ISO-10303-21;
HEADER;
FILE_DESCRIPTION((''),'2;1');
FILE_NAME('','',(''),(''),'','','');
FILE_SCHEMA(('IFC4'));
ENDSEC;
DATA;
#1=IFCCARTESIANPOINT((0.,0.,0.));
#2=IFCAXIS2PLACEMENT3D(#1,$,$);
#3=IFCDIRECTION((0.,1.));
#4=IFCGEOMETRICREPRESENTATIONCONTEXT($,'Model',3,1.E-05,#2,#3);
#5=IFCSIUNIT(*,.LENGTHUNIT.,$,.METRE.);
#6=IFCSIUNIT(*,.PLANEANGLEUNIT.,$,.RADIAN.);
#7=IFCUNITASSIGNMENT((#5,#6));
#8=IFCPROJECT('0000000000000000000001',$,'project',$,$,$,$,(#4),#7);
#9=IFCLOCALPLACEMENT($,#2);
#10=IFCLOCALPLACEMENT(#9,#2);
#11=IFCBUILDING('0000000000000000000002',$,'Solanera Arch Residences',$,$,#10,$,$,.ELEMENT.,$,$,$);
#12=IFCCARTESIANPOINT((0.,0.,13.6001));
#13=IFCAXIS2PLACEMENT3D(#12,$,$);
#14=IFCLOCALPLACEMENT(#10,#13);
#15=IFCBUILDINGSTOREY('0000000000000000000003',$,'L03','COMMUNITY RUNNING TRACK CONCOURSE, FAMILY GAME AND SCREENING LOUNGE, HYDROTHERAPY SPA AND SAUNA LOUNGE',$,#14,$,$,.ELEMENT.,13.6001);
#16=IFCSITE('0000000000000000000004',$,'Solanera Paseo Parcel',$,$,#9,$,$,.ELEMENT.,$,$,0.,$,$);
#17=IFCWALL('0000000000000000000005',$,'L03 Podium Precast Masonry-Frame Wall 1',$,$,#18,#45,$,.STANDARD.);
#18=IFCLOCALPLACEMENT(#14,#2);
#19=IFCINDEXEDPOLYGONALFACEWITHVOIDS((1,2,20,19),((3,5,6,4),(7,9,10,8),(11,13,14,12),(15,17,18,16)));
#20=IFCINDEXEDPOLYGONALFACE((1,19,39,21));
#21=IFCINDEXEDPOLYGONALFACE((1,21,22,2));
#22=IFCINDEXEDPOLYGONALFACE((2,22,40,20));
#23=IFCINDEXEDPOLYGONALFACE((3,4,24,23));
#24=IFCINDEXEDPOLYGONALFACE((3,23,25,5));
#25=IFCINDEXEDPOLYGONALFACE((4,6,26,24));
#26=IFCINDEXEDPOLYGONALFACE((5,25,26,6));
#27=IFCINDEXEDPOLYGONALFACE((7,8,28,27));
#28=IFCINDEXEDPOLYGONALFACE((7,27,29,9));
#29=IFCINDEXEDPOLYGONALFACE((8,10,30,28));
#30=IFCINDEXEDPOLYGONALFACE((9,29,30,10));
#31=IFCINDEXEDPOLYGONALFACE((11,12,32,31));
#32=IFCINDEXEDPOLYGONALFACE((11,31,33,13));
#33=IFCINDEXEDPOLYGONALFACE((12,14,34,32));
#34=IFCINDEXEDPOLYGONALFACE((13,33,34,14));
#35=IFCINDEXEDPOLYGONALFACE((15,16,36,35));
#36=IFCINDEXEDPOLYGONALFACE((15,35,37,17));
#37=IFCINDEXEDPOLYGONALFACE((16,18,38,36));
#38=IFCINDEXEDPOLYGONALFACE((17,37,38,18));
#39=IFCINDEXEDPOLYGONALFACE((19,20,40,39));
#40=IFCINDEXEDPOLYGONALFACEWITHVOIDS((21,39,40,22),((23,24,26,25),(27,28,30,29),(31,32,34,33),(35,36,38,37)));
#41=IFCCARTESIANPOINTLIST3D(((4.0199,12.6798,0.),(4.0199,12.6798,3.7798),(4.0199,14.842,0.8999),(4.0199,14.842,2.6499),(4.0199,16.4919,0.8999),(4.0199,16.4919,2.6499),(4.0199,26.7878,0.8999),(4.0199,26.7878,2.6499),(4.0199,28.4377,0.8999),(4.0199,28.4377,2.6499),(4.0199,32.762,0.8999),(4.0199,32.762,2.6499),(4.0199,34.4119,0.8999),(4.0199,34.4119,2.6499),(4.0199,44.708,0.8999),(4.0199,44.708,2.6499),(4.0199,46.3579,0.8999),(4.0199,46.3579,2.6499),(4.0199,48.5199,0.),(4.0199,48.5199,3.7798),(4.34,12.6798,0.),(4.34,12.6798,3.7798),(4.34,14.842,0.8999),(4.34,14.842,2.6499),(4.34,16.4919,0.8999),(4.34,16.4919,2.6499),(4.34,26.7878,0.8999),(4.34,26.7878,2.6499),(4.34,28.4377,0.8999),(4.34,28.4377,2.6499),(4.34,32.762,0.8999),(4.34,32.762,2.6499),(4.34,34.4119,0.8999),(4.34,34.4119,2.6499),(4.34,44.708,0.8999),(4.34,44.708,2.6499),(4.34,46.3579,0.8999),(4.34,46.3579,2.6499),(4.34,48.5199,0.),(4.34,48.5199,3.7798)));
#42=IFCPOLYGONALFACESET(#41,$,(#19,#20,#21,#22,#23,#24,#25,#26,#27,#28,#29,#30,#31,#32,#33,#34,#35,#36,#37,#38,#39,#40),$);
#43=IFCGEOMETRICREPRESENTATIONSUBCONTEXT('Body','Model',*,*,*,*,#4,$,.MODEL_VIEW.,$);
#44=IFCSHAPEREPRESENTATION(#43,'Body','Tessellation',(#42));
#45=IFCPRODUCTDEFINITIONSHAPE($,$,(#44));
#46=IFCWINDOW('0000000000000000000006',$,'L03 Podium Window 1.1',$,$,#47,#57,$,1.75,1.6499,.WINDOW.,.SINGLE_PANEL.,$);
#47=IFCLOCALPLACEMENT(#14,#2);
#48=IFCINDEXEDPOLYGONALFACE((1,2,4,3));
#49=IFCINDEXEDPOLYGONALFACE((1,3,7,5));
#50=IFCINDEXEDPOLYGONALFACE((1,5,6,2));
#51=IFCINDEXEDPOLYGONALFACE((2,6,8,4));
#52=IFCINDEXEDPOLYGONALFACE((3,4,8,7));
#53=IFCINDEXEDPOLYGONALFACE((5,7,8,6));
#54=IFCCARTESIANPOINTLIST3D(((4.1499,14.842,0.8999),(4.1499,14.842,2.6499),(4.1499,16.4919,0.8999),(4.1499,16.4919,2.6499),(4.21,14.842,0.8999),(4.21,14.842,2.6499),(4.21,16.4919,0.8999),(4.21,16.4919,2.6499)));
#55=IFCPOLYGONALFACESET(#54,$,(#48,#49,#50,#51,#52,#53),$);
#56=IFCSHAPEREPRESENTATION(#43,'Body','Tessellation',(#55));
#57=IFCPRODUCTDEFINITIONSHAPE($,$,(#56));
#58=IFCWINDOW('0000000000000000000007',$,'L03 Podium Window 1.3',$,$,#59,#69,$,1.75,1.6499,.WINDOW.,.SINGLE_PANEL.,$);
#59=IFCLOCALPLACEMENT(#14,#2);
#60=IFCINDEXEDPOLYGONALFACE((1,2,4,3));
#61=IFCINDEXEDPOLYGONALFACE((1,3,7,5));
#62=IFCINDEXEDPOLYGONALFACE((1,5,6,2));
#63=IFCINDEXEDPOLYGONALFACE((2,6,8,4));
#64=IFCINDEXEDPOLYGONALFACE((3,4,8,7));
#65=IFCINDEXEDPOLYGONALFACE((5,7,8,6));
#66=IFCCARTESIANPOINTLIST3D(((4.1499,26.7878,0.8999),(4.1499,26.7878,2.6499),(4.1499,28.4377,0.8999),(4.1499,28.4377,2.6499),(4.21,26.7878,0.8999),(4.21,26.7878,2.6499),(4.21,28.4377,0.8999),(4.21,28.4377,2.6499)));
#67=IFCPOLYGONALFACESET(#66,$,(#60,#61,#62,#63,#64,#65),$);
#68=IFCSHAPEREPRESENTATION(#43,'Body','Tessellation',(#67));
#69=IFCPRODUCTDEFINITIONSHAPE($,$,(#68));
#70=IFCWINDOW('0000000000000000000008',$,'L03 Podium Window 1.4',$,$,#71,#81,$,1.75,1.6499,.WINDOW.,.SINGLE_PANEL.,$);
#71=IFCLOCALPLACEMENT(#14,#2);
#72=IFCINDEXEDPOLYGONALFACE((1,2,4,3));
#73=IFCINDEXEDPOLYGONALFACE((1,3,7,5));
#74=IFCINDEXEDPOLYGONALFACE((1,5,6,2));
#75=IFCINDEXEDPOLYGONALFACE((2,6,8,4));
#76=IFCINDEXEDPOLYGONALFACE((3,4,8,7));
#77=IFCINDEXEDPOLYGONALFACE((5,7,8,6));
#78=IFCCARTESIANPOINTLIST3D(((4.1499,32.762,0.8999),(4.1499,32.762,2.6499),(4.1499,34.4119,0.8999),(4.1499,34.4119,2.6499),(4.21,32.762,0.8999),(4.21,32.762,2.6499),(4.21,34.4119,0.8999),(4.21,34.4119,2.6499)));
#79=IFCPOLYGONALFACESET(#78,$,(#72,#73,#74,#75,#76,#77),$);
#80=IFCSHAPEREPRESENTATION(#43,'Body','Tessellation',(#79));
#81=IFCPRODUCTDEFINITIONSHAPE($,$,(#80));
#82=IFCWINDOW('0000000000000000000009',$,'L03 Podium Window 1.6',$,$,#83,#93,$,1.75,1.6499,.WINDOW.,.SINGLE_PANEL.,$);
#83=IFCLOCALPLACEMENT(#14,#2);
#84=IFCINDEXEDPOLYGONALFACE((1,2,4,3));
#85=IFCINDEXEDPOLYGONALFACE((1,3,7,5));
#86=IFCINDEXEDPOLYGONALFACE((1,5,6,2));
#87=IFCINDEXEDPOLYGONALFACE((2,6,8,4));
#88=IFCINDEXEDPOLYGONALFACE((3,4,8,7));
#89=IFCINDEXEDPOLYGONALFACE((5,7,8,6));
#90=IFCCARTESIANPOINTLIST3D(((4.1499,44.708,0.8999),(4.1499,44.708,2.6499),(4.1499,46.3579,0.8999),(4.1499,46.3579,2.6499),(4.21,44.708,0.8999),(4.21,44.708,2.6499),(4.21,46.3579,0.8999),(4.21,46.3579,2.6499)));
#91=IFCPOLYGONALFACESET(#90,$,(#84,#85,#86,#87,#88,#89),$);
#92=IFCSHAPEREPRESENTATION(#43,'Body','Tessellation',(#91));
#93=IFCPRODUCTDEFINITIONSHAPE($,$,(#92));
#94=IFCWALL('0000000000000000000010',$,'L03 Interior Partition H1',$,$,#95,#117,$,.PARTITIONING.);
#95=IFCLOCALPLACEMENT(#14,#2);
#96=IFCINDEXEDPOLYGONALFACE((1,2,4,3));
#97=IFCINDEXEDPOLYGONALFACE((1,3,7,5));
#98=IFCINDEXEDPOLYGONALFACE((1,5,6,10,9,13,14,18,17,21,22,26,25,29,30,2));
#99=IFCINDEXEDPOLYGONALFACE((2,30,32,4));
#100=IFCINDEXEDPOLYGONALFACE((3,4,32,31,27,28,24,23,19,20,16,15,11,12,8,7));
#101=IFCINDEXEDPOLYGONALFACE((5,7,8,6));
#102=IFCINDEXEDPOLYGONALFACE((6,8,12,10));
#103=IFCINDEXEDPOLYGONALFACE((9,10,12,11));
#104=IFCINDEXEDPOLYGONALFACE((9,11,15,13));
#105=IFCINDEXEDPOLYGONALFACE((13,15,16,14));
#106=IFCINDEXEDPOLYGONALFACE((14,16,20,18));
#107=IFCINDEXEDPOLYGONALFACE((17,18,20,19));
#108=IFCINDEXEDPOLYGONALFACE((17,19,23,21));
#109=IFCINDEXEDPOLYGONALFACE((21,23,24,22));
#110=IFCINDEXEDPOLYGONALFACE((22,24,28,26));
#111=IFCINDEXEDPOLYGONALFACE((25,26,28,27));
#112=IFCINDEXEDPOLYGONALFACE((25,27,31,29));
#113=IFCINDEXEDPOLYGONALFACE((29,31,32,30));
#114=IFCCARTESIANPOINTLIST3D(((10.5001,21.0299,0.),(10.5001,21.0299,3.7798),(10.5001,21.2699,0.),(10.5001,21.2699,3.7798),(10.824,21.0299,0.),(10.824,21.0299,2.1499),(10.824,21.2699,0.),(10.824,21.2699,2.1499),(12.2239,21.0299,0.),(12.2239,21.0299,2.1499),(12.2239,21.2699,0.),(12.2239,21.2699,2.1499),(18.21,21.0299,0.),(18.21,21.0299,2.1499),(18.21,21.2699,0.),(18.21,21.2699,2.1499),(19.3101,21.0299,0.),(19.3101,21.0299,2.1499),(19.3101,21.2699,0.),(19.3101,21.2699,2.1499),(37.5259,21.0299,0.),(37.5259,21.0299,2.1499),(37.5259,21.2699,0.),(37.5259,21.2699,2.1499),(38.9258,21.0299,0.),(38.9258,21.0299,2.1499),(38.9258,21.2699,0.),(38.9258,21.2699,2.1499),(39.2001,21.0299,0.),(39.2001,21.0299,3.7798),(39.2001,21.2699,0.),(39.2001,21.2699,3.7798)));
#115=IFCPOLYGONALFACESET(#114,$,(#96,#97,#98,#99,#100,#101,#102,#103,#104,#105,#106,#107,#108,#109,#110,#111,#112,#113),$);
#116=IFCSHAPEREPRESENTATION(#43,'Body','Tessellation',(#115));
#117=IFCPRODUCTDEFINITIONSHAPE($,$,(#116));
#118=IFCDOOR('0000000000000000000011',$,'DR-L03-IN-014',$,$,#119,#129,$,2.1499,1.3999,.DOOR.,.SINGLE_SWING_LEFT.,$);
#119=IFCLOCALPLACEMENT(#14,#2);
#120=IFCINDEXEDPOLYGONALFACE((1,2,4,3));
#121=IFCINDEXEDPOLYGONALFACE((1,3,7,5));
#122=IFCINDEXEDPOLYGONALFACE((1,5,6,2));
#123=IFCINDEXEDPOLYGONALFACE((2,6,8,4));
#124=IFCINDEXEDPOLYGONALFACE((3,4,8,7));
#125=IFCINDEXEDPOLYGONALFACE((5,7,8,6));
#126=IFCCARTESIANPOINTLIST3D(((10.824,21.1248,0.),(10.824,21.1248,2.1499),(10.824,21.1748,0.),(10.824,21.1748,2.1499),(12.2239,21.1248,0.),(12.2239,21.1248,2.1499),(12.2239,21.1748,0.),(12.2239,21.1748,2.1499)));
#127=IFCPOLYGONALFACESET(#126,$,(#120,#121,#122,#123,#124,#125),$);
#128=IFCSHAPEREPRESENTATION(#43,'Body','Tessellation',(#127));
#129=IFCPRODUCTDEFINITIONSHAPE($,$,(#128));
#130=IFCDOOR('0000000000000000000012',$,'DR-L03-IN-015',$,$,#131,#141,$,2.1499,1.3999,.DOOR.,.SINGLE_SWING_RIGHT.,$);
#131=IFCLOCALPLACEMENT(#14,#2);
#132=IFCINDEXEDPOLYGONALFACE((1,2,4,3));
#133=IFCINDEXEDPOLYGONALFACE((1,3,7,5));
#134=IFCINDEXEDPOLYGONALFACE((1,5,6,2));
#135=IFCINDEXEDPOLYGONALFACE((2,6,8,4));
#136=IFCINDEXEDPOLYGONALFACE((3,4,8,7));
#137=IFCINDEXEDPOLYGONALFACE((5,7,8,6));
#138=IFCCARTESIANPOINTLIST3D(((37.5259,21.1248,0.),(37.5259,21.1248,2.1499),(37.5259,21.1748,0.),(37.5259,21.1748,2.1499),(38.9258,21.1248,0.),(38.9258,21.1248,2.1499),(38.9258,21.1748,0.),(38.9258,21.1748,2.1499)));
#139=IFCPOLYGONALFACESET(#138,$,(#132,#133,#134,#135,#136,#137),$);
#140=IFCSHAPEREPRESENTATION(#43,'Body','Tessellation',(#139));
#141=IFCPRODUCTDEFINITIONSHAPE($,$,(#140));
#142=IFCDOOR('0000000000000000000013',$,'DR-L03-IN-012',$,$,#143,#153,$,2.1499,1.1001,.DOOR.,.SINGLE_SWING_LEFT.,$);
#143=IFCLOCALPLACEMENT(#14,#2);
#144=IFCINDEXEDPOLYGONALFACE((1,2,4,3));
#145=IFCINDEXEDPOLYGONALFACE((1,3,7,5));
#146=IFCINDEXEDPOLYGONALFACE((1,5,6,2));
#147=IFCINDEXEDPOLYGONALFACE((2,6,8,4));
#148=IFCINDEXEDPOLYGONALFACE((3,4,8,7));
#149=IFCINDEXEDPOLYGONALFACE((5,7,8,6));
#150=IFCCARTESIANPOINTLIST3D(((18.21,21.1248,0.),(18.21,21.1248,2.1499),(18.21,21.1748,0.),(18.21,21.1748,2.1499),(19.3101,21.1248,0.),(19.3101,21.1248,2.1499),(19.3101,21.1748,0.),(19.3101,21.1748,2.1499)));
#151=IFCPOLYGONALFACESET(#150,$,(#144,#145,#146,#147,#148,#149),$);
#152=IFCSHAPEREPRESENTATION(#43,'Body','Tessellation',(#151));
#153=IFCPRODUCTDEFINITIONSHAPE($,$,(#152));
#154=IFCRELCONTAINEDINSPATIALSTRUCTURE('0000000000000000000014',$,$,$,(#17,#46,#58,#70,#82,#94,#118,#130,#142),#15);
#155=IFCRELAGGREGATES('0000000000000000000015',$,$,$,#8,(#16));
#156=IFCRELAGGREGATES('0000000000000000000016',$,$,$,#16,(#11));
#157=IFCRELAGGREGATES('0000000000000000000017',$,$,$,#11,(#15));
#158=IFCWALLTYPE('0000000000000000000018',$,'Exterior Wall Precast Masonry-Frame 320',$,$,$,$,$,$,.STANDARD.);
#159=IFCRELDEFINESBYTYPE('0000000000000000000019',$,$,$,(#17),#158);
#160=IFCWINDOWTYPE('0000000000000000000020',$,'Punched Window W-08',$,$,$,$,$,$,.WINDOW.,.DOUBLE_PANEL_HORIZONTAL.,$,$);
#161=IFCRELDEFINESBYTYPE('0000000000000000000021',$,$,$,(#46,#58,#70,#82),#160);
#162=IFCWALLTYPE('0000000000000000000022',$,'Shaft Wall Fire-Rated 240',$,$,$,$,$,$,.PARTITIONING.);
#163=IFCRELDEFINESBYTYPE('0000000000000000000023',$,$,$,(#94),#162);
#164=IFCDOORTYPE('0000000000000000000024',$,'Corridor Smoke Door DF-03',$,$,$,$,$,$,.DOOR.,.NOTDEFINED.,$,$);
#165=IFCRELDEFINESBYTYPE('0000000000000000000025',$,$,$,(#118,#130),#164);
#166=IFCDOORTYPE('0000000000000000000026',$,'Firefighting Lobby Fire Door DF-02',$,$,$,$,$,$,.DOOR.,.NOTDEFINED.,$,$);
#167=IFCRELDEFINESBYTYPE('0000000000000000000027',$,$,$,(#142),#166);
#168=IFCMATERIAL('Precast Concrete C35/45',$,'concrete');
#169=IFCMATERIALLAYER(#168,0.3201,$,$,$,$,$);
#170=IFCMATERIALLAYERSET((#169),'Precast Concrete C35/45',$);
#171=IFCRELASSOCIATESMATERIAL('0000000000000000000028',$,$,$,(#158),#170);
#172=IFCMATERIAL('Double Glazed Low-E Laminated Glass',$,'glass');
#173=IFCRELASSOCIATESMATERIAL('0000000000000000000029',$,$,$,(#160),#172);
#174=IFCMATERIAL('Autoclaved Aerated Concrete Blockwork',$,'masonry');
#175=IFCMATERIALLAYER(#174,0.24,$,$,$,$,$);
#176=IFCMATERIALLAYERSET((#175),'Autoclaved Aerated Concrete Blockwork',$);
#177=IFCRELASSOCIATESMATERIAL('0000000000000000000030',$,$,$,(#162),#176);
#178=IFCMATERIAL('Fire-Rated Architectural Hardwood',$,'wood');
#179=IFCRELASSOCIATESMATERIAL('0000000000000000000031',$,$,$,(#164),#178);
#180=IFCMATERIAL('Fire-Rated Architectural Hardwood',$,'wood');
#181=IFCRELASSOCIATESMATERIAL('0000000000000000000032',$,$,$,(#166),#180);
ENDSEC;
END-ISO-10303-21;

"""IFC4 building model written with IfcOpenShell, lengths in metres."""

from ifc_helpers import new_model, si_unit, direction, frame, frame_2d, origin, place, context, subcontext, project, spatial, rectangle, extrude, material, layer, layer_set, type_object, element, fill, save


model = new_model("IFC4")

# Units and contexts
model_context = context("Model", 3, precision=1e-05, world=origin(), true_north=direction((0.0, 1.0)))
body_context = subcontext(model_context, "Body", "Model", "MODEL_VIEW")
ifc_project = project(units=[si_unit("LENGTHUNIT", "METRE"), si_unit("PLANEANGLEUNIT", "RADIAN")], contexts=[model_context])

# Site, building, storey
site_placement = place(None, origin())
site = spatial("IfcSite", under=ifc_project, at=site_placement, Name="Solanera Paseo Parcel", CompositionType="ELEMENT", RefElevation=0.0)
building_placement = place(site_placement, origin())
building = spatial("IfcBuilding", under=site, at=building_placement, Name="Solanera Arch Residences", CompositionType="ELEMENT")
storey_placement = place(building_placement, frame((0.0, 0.0, 13.6001)))
storey = spatial("IfcBuildingStorey", under=building, at=storey_placement, Name="L03", Description="COMMUNITY RUNNING TRACK CONCOURSE, FAMILY GAME AND SCREENING LOUNGE, HYDROTHERAPY SPA AND SAUNA LOUNGE", CompositionType="ELEMENT", Elevation=13.6001)

# Wall, openings, windows
ifc_material_1 = material(Name="Precast Concrete C35/45", Category="concrete")
ifc_layer_1 = layer(ifc_material_1, 0.3201)
ifc_layer_set_1 = layer_set([ifc_layer_1], Name="Precast Concrete C35/45")
wall_type_1 = type_object("IfcWallType", Name="Exterior Wall Precast Masonry-Frame 320", PredefinedType="STANDARD", material=ifc_layer_set_1)
wall_1_placement = place(storey_placement, frame((4.1799, 12.6799, 0.0), z_axis=(0.0, 0.0, 1.0), x_axis=(0.0, 1.0, 0.0)))
wall_1 = element("IfcWall", 1, at=wall_1_placement, inside=storey, type_object=wall_type_1, Name="L03 Podium Precast Masonry-Frame Wall 1", PredefinedType="STANDARD", context=body_context, shape_type="SweptSolid", body=[
    extrude(rectangle(XDim=35.8401, YDim=0.3201, at=frame_2d((17.9199, 0.0))), origin(), (0.0, 0.0, 1.0), 3.7798),
])
opening_1_placement = place(wall_1_placement, frame((2.1621, 0.0, 0.8999)))
opening_1 = element("IfcOpeningElement", 2, at=opening_1_placement, cuts=wall_1, PredefinedType="OPENING", context=body_context, shape_type="SweptSolid", body=[
    extrude(rectangle(XDim=1.6499, YDim=1.75, at=frame_2d((0.825, 0.875))), frame((0.0, 0.1699, 0.0), z_axis=(0.0, -1.0, 0.0), x_axis=(1.0, 0.0, 0.0)), (0.0, 0.0, 1.0), 0.3401),
])
opening_2_placement = place(wall_1_placement, frame((14.1079, 0.0, 0.8999)))
opening_2 = element("IfcOpeningElement", 3, at=opening_2_placement, cuts=wall_1, PredefinedType="OPENING", context=body_context, shape_type="SweptSolid", body=[
    extrude(rectangle(XDim=1.6499, YDim=1.75, at=frame_2d((0.825, 0.875))), frame((0.0, 0.1699, 0.0), z_axis=(0.0, -1.0, 0.0), x_axis=(1.0, 0.0, 0.0)), (0.0, 0.0, 1.0), 0.3401),
])
opening_3_placement = place(wall_1_placement, frame((20.082, 0.0, 0.8999)))
opening_3 = element("IfcOpeningElement", 4, at=opening_3_placement, cuts=wall_1, PredefinedType="OPENING", context=body_context, shape_type="SweptSolid", body=[
    extrude(rectangle(XDim=1.6499, YDim=1.75, at=frame_2d((0.825, 0.875))), frame((0.0, 0.1699, 0.0), z_axis=(0.0, -1.0, 0.0), x_axis=(1.0, 0.0, 0.0)), (0.0, 0.0, 1.0), 0.3401),
])
opening_4_placement = place(wall_1_placement, frame((32.0281, 0.0, 0.8999)))
opening_4 = element("IfcOpeningElement", 5, at=opening_4_placement, cuts=wall_1, PredefinedType="OPENING", context=body_context, shape_type="SweptSolid", body=[
    extrude(rectangle(XDim=1.6499, YDim=1.75, at=frame_2d((0.825, 0.875))), frame((0.0, 0.1699, 0.0), z_axis=(0.0, -1.0, 0.0), x_axis=(1.0, 0.0, 0.0)), (0.0, 0.0, 1.0), 0.3401),
])
ifc_material_2 = material(Name="Double Glazed Low-E Laminated Glass", Category="glass")
window_type = type_object("IfcWindowType", Name="Punched Window W-08", PartitioningType="DOUBLE_PANEL_HORIZONTAL", PredefinedType="WINDOW", material=ifc_material_2)
window_1_placement = place(opening_1_placement, origin())
window_1 = element("IfcWindow", 6, at=window_1_placement, inside=storey, type_object=window_type, Name="L03 Podium Window 1.1", OverallHeight=1.75, OverallWidth=1.6499, PartitioningType="SINGLE_PANEL", PredefinedType="WINDOW", context=body_context, shape_type="SweptSolid", body=[
    extrude(rectangle(XDim=1.6499, YDim=1.75, at=frame_2d((0.825, 0.875))), frame((0.0, 0.03, 0.0), z_axis=(0.0, -1.0, 0.0), x_axis=(1.0, 0.0, 0.0)), (0.0, 0.0, 1.0), 0.0601),
])
fill(opening_1, window_1)
window_2_placement = place(opening_2_placement, origin())
window_2 = element("IfcWindow", 7, at=window_2_placement, inside=storey, type_object=window_type, Name="L03 Podium Window 1.3", OverallHeight=1.75, OverallWidth=1.6499, PartitioningType="SINGLE_PANEL", PredefinedType="WINDOW", context=body_context, shape_type="SweptSolid", body=[
    extrude(rectangle(XDim=1.6499, YDim=1.75, at=frame_2d((0.825, 0.875))), frame((0.0, 0.03, 0.0), z_axis=(0.0, -1.0, 0.0), x_axis=(1.0, 0.0, 0.0)), (0.0, 0.0, 1.0), 0.0601),
])
fill(opening_2, window_2)
window_3_placement = place(opening_3_placement, origin())
window_3 = element("IfcWindow", 8, at=window_3_placement, inside=storey, type_object=window_type, Name="L03 Podium Window 1.4", OverallHeight=1.75, OverallWidth=1.6499, PartitioningType="SINGLE_PANEL", PredefinedType="WINDOW", context=body_context, shape_type="SweptSolid", body=[
    extrude(rectangle(XDim=1.6499, YDim=1.75, at=frame_2d((0.825, 0.875))), frame((0.0, 0.03, 0.0), z_axis=(0.0, -1.0, 0.0), x_axis=(1.0, 0.0, 0.0)), (0.0, 0.0, 1.0), 0.0601),
])
fill(opening_3, window_3)
window_4_placement = place(opening_4_placement, origin())
window_4 = element("IfcWindow", 9, at=window_4_placement, inside=storey, type_object=window_type, Name="L03 Podium Window 1.6", OverallHeight=1.75, OverallWidth=1.6499, PartitioningType="SINGLE_PANEL", PredefinedType="WINDOW", context=body_context, shape_type="SweptSolid", body=[
    extrude(rectangle(XDim=1.6499, YDim=1.75, at=frame_2d((0.825, 0.875))), frame((0.0, 0.03, 0.0), z_axis=(0.0, -1.0, 0.0), x_axis=(1.0, 0.0, 0.0)), (0.0, 0.0, 1.0), 0.0601),
])
fill(opening_4, window_4)

# Wall, openings, doors
ifc_material_3 = material(Name="Autoclaved Aerated Concrete Blockwork", Category="masonry")
ifc_layer_2 = layer(ifc_material_3, 0.24)
ifc_layer_set_2 = layer_set([ifc_layer_2], Name="Autoclaved Aerated Concrete Blockwork")
wall_type_2 = type_object("IfcWallType", Name="Shaft Wall Fire-Rated 240", PredefinedType="PARTITIONING", material=ifc_layer_set_2)
wall_2_placement = place(storey_placement, frame((10.5, 21.1499, 0.0), z_axis=(0.0, 0.0, 1.0), x_axis=(1.0, 0.0, 0.0)))
wall_2 = element("IfcWall", 10, at=wall_2_placement, inside=storey, type_object=wall_type_2, Name="L03 Interior Partition H1", PredefinedType="PARTITIONING", context=body_context, shape_type="SweptSolid", body=[
    extrude(rectangle(XDim=28.7, YDim=0.24, at=frame_2d((14.3501, 0.0))), origin(), (0.0, 0.0, 1.0), 3.7798),
])
opening_5_placement = place(wall_2_placement, frame((7.71, 0.0, 0.0)))
opening_5 = element("IfcOpeningElement", 11, at=opening_5_placement, cuts=wall_2, PredefinedType="OPENING", context=body_context, shape_type="SweptSolid", body=[
    extrude(rectangle(XDim=1.1001, YDim=2.1499, at=frame_2d((0.55, 1.075))), frame((0.0, 0.1299, 0.0), z_axis=(0.0, -1.0, 0.0), x_axis=(1.0, 0.0, 0.0)), (0.0, 0.0, 1.0), 0.26),
])
opening_6_placement = place(wall_2_placement, frame((0.324, 0.0, 0.0)))
opening_6 = element("IfcOpeningElement", 12, at=opening_6_placement, cuts=wall_2, PredefinedType="OPENING", context=body_context, shape_type="SweptSolid", body=[
    extrude(rectangle(XDim=1.3999, YDim=2.1499, at=frame_2d((0.7, 1.075))), frame((0.0, 0.1299, 0.0), z_axis=(0.0, -1.0, 0.0), x_axis=(1.0, 0.0, 0.0)), (0.0, 0.0, 1.0), 0.26),
])
opening_7_placement = place(wall_2_placement, frame((27.0259, 0.0, 0.0)))
opening_7 = element("IfcOpeningElement", 13, at=opening_7_placement, cuts=wall_2, PredefinedType="OPENING", context=body_context, shape_type="SweptSolid", body=[
    extrude(rectangle(XDim=1.3999, YDim=2.1499, at=frame_2d((0.7, 1.075))), frame((0.0, 0.1299, 0.0), z_axis=(0.0, -1.0, 0.0), x_axis=(1.0, 0.0, 0.0)), (0.0, 0.0, 1.0), 0.26),
])
ifc_material_4 = material(Name="Fire-Rated Architectural Hardwood", Category="wood")
door_type_1 = type_object("IfcDoorType", Name="Corridor Smoke Door DF-03", OperationType="NOTDEFINED", PredefinedType="DOOR", material=ifc_material_4)
door_1_placement = place(opening_6_placement, origin())
door_1 = element("IfcDoor", 14, at=door_1_placement, inside=storey, type_object=door_type_1, Name="DR-L03-IN-014", OperationType="SINGLE_SWING_LEFT", OverallHeight=2.1499, OverallWidth=1.3999, PredefinedType="DOOR", context=body_context, shape_type="SweptSolid", body=[
    extrude(rectangle(XDim=1.3999, YDim=2.1499, at=frame_2d((0.7, 1.075))), frame((0.0, 0.0249, 0.0), z_axis=(0.0, -1.0, 0.0), x_axis=(1.0, 0.0, 0.0)), (0.0, 0.0, 1.0), 0.05),
])
fill(opening_6, door_1)
door_2_placement = place(opening_7_placement, origin())
door_2 = element("IfcDoor", 15, at=door_2_placement, inside=storey, type_object=door_type_1, Name="DR-L03-IN-015", OperationType="SINGLE_SWING_RIGHT", OverallHeight=2.1499, OverallWidth=1.3999, PredefinedType="DOOR", context=body_context, shape_type="SweptSolid", body=[
    extrude(rectangle(XDim=1.3999, YDim=2.1499, at=frame_2d((0.7, 1.075))), frame((0.0, 0.0249, 0.0), z_axis=(0.0, -1.0, 0.0), x_axis=(1.0, 0.0, 0.0)), (0.0, 0.0, 1.0), 0.05),
])
fill(opening_7, door_2)
ifc_material_5 = material(Name="Fire-Rated Architectural Hardwood", Category="wood")
door_type_2 = type_object("IfcDoorType", Name="Firefighting Lobby Fire Door DF-02", OperationType="NOTDEFINED", PredefinedType="DOOR", material=ifc_material_5)
door_3_placement = place(opening_5_placement, origin())
door_3 = element("IfcDoor", 16, at=door_3_placement, inside=storey, type_object=door_type_2, Name="DR-L03-IN-012", OperationType="SINGLE_SWING_LEFT", OverallHeight=2.1499, OverallWidth=1.1001, PredefinedType="DOOR", context=body_context, shape_type="SweptSolid", body=[
    extrude(rectangle(XDim=1.1001, YDim=2.1499, at=frame_2d((0.55, 1.075))), frame((0.0, 0.0249, 0.0), z_axis=(0.0, -1.0, 0.0), x_axis=(1.0, 0.0, 0.0)), (0.0, 0.0, 1.0), 0.05),
])
fill(opening_5, door_3)

save(model, "model.ifc")
